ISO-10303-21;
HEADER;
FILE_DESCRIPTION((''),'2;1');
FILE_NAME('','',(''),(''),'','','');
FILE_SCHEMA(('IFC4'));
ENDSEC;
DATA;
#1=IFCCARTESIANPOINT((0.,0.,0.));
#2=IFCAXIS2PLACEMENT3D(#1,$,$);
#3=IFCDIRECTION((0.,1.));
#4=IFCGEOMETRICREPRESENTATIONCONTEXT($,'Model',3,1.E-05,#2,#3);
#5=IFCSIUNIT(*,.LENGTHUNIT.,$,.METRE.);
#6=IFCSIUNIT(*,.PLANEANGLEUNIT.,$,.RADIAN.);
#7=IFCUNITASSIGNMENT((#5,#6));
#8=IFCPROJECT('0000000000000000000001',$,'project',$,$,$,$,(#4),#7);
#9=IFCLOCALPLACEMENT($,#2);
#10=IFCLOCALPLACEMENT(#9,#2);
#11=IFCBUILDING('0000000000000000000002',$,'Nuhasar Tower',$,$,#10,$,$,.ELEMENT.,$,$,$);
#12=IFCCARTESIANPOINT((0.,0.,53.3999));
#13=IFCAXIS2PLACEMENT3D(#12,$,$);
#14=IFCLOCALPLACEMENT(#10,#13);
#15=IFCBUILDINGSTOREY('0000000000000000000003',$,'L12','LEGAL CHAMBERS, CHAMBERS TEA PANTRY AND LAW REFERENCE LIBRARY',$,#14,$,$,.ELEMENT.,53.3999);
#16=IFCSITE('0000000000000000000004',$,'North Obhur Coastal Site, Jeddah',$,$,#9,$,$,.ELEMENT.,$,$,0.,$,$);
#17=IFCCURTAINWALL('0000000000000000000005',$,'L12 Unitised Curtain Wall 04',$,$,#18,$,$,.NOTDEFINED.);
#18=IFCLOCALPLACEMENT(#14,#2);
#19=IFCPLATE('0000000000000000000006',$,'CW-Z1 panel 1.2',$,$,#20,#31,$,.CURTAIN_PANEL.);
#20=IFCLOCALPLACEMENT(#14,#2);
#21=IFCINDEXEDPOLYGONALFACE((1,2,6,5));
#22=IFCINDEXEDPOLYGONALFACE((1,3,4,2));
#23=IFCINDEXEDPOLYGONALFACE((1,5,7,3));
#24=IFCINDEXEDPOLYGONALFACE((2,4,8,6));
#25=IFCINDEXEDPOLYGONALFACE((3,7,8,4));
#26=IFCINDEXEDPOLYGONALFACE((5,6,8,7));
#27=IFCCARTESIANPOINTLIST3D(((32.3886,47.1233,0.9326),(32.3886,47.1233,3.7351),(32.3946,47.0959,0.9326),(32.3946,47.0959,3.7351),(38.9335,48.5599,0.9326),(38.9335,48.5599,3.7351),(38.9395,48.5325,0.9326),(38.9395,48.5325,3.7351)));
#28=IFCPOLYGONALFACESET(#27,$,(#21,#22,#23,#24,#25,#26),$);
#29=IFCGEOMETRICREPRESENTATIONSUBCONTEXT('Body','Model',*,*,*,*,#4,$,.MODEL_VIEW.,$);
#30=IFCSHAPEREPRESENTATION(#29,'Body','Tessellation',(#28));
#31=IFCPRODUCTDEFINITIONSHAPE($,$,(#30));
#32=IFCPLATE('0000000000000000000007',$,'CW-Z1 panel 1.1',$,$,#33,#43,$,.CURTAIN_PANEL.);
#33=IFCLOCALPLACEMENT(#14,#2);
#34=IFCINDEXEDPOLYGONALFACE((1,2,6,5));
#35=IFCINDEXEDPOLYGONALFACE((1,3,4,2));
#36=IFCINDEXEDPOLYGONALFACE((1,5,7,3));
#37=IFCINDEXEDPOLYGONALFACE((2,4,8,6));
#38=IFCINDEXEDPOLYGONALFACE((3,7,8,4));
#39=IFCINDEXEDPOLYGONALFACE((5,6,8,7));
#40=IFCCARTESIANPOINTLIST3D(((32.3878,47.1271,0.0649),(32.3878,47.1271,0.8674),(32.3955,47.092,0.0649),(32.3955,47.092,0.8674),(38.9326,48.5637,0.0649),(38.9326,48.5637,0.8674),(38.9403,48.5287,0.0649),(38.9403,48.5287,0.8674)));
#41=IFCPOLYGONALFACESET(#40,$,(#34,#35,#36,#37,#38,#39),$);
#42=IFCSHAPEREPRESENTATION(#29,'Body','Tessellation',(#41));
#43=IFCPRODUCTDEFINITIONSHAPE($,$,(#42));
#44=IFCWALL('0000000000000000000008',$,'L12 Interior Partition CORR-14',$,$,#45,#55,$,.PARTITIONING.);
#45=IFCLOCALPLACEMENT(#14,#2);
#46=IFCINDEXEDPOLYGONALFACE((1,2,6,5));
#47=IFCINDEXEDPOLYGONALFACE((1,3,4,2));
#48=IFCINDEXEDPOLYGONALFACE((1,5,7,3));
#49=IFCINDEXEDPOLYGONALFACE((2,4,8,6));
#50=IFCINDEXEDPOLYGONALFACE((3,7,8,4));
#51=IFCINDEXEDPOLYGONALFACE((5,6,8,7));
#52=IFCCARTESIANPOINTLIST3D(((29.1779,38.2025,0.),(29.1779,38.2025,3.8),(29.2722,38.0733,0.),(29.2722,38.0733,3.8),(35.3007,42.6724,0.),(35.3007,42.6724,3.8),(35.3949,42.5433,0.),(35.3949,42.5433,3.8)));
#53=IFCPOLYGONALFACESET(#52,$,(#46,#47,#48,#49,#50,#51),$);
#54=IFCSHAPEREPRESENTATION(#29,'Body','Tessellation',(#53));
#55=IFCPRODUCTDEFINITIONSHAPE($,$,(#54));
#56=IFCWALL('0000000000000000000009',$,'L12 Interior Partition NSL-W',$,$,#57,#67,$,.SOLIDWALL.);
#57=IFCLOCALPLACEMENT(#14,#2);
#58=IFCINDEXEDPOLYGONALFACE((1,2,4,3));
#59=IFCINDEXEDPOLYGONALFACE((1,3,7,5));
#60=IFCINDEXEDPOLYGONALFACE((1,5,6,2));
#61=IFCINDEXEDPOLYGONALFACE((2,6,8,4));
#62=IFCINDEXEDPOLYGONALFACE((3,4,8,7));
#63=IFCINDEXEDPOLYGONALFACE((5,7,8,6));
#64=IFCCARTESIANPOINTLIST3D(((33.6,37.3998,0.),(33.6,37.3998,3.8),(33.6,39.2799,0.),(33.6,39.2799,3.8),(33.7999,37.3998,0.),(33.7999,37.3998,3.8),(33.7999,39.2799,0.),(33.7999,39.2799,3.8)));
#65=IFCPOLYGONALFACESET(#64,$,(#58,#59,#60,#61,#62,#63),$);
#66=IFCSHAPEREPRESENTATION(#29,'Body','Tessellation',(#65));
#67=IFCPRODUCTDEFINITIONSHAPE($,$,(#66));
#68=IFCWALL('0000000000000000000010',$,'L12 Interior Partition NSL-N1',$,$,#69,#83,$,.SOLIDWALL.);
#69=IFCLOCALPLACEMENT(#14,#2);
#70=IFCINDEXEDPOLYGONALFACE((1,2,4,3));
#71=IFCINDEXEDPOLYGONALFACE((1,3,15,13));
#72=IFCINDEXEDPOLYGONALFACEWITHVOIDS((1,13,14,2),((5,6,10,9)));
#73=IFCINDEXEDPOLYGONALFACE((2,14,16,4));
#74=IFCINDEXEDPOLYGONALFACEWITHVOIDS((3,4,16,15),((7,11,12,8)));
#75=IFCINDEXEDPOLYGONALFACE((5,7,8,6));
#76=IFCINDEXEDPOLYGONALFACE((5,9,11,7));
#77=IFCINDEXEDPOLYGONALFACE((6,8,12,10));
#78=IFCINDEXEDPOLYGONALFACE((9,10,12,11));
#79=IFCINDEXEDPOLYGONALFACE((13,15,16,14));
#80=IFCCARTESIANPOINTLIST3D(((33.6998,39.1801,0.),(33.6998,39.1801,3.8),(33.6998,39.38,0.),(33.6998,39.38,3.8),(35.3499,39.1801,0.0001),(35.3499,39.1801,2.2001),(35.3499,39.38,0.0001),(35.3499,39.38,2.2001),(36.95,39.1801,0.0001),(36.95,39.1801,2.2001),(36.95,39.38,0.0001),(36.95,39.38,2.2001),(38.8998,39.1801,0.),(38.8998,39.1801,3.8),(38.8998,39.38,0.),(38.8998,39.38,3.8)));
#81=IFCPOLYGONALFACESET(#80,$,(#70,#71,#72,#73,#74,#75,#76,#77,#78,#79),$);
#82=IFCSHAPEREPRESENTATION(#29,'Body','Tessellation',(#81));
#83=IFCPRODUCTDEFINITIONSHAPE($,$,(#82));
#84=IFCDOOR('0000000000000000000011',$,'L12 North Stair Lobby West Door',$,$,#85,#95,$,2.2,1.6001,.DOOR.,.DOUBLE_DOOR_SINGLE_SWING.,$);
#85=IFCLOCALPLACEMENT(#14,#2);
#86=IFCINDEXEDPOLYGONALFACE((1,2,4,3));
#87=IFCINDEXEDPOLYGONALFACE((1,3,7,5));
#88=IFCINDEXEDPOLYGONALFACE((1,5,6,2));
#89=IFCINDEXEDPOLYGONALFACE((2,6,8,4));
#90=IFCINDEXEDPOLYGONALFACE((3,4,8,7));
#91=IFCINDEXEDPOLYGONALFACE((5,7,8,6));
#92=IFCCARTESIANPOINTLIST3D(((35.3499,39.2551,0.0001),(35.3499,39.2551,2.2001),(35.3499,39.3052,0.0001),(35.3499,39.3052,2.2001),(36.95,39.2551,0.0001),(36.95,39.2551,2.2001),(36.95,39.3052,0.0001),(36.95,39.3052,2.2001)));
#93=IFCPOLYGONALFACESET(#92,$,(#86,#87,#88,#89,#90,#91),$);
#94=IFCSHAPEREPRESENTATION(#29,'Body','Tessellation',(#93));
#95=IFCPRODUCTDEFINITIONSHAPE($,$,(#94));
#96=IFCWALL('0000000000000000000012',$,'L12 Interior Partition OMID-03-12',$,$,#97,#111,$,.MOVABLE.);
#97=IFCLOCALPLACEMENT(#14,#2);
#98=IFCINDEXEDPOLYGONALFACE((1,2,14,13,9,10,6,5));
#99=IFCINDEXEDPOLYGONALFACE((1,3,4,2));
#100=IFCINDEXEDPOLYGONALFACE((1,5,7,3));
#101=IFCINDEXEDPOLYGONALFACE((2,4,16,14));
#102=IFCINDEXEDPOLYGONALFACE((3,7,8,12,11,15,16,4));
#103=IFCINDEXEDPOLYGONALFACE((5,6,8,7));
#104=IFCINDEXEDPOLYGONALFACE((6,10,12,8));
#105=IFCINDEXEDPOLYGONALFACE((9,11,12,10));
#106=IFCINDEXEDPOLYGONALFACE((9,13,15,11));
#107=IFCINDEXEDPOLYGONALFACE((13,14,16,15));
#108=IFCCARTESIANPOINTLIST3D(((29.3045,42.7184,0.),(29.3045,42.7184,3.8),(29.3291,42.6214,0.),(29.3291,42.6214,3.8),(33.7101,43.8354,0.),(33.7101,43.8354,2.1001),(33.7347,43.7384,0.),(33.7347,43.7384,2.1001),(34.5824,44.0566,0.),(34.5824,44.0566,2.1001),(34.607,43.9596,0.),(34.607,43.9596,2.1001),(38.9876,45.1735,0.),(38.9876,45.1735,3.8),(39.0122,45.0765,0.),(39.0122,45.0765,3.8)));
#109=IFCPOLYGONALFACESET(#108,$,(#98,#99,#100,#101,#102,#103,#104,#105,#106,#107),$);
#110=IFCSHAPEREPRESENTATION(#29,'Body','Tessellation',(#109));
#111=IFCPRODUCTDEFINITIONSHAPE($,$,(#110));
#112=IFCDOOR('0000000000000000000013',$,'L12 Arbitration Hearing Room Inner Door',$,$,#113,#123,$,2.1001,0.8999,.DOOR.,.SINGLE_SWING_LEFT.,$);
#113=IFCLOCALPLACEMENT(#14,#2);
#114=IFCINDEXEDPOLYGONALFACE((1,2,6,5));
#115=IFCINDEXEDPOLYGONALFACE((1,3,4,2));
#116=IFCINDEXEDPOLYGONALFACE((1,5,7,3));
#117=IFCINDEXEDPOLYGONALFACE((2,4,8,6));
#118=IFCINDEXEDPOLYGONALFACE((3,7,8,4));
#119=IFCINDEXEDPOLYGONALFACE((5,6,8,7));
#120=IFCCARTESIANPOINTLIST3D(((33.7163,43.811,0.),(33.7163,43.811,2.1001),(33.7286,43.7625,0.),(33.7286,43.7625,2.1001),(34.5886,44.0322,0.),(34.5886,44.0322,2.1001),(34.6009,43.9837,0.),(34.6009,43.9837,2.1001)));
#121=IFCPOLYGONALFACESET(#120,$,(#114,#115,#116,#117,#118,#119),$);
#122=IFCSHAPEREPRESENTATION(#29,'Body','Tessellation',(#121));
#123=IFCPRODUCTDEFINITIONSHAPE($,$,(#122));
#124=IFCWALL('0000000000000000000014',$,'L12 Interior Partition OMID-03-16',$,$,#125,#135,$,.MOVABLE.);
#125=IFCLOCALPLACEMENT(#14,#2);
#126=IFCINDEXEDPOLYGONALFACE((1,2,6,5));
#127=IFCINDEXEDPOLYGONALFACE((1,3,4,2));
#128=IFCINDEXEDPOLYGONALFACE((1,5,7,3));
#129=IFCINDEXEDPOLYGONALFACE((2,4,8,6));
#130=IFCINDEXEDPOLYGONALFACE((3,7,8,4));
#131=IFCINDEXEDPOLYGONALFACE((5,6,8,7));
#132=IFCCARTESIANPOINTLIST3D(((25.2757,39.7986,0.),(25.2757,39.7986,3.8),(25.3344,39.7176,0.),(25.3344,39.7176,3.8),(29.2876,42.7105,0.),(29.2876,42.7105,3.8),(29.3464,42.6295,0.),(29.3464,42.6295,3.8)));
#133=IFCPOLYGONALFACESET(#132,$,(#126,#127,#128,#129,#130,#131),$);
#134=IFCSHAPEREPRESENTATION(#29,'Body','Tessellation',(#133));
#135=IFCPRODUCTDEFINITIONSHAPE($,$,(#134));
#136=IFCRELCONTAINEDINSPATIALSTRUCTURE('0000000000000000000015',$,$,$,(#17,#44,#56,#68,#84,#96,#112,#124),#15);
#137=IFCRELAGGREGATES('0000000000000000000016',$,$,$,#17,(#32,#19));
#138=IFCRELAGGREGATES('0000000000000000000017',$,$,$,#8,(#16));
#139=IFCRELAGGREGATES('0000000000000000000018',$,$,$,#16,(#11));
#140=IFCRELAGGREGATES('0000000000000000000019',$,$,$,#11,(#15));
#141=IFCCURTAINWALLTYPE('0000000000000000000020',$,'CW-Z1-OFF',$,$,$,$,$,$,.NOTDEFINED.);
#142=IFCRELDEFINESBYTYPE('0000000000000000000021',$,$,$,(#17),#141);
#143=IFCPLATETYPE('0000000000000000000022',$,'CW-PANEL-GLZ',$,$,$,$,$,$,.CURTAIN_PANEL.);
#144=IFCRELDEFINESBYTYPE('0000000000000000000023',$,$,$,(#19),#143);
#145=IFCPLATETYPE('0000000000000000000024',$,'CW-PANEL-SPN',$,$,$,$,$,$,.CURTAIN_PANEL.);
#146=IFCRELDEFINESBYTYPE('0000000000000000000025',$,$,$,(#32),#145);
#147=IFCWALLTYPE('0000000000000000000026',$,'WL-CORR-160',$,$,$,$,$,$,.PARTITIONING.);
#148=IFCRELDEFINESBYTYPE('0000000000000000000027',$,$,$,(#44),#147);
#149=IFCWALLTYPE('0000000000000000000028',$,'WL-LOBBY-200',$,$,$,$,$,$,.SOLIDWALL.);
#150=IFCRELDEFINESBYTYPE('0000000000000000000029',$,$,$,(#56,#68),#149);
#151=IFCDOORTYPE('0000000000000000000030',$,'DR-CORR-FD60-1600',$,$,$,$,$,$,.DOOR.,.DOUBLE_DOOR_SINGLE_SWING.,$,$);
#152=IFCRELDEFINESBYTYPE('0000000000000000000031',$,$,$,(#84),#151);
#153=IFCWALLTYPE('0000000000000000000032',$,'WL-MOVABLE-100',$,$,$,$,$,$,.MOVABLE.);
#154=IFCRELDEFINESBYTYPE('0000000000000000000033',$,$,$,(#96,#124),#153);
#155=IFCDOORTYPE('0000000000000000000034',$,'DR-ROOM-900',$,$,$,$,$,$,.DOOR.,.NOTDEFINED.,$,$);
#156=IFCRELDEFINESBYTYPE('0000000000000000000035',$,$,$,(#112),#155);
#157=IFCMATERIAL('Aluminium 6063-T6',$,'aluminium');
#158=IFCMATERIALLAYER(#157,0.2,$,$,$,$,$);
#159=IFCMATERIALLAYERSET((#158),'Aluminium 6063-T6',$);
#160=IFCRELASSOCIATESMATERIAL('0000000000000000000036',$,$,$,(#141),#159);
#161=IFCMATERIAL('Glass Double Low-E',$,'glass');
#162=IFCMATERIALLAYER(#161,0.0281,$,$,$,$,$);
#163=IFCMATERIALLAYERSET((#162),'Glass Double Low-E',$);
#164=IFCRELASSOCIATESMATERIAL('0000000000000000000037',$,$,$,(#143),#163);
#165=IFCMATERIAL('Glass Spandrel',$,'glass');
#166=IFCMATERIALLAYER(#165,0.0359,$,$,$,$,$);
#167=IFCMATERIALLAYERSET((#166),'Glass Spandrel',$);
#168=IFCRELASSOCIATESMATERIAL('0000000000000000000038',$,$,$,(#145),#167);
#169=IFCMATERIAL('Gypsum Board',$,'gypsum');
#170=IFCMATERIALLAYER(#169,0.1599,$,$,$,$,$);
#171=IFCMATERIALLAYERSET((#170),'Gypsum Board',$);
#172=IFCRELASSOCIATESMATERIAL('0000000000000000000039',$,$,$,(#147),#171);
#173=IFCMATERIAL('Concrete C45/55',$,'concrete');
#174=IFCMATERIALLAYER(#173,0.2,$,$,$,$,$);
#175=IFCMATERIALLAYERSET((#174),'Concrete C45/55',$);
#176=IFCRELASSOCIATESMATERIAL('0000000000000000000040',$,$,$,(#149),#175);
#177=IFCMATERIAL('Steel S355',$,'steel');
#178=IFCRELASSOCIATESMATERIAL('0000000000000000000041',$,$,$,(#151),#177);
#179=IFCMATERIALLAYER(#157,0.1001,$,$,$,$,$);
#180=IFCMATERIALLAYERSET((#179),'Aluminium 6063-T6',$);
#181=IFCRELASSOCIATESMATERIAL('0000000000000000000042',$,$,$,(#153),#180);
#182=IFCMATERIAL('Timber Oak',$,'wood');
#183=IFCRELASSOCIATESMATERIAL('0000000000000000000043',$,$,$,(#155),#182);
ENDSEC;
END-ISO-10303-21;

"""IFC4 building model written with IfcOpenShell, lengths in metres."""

from ifc_helpers import new_model, si_unit, direction, frame, frame_2d, origin, origin_2d, place, context, subcontext, project, spatial, rectangle, extrude, material, layer, layer_set, type_object, element, fill, aggregate, save


model = new_model("IFC4")

# Units and contexts
model_context = context("Model", 3, precision=1e-05, world=origin(), true_north=direction((0.0, 1.0)))
body_context = subcontext(model_context, "Body", "Model", "MODEL_VIEW")
ifc_project = project(units=[si_unit("LENGTHUNIT", "METRE"), si_unit("PLANEANGLEUNIT", "RADIAN")], contexts=[model_context])

# Site, building, storey
site_placement = place(None, origin())
site = spatial("IfcSite", under=ifc_project, at=site_placement, Name="North Obhur Coastal Site, Jeddah", CompositionType="ELEMENT", RefElevation=0.0)
building_placement = place(site_placement, origin())
building = spatial("IfcBuilding", under=site, at=building_placement, Name="Nuhasar Tower", CompositionType="ELEMENT")
storey_placement = place(building_placement, frame((0.0, 0.0, 53.3999)))
storey = spatial("IfcBuildingStorey", under=building, at=storey_placement, Name="L12", Description="LEGAL CHAMBERS, CHAMBERS TEA PANTRY AND LAW REFERENCE LIBRARY", CompositionType="ELEMENT", Elevation=53.3999)

# Shared definitions
ifc_material_1 = material(Name="Steel S355", Category="steel")

# Curtain wall
ifc_material_2 = material(Name="Aluminium 6063-T6", Category="aluminium")
ifc_layer_1 = layer(ifc_material_2, 0.2)
ifc_layer_set_1 = layer_set([ifc_layer_1], Name="Aluminium 6063-T6")
curtain_wall_type = type_object("IfcCurtainWallType", Name="CW-Z1-OFF", PredefinedType="NOTDEFINED", material=ifc_layer_set_1)
curtain_wall_placement = place(storey_placement, origin())
curtain_wall = element("IfcCurtainWall", 1, at=curtain_wall_placement, inside=storey, type_object=curtain_wall_type, Name="L12 Unitised Curtain Wall 04", PredefinedType="NOTDEFINED")

# Plates
ifc_material_3 = material(Name="Glass Double Low-E", Category="glass")
ifc_layer_2 = layer(ifc_material_3, 0.0281)
ifc_layer_set_2 = layer_set([ifc_layer_2], Name="Glass Double Low-E")
plate_type_1 = type_object("IfcPlateType", Name="CW-PANEL-GLZ", PredefinedType="CURTAIN_PANEL", material=ifc_layer_set_2)
plate_1_placement = place(storey_placement, frame((35.6641, 47.8279, 0.9326), z_axis=(0.0, 0.0, 1.0), x_axis=(-0.976746, -0.214399, 0.0)))
plate_1 = element("IfcPlate", 2, at=plate_1_placement, type_object=plate_type_1, Name="CW-Z1 panel 1.2", PredefinedType="CURTAIN_PANEL", context=body_context, shape_type="SweptSolid", body=[
    extrude(rectangle(XDim=6.7007, YDim=0.0281, at=origin_2d()), origin(), (0.0, 0.0, 1.0), 2.8025),
])
ifc_material_4 = material(Name="Glass Spandrel", Category="glass")
ifc_layer_3 = layer(ifc_material_4, 0.0359)
ifc_layer_set_3 = layer_set([ifc_layer_3], Name="Glass Spandrel")
plate_type_2 = type_object("IfcPlateType", Name="CW-PANEL-SPN", PredefinedType="CURTAIN_PANEL", material=ifc_layer_set_3)
plate_2_placement = place(storey_placement, frame((35.6641, 47.8279, 0.0649), z_axis=(0.0, 0.0, 1.0), x_axis=(-0.976746, -0.214399, 0.0)))
plate_2 = element("IfcPlate", 3, at=plate_2_placement, type_object=plate_type_2, Name="CW-Z1 panel 1.1", PredefinedType="CURTAIN_PANEL", context=body_context, shape_type="SweptSolid", body=[
    extrude(rectangle(XDim=6.7007, YDim=0.0359, at=origin_2d()), origin(), (0.0, 0.0, 1.0), 0.8025),
])
aggregate(curtain_wall, [plate_2, plate_1])

# Shared definitions
ifc_material_5 = material(Name="Gypsum Board", Category="gypsum")
ifc_layer_4 = layer(ifc_material_5, 0.1599)
ifc_layer_set_4 = layer_set([ifc_layer_4], Name="Gypsum Board")
wall_type_1 = type_object("IfcWallType", Name="WL-CORR-160", PredefinedType="PARTITIONING", material=ifc_layer_set_4)
ifc_material_6 = material(Name="Timber Oak", Category="wood")

# Walls
wall_1_placement = place(storey_placement, frame((35.3479, 42.6079, 0.0), z_axis=(0.0, 0.0, 1.0), x_axis=(-0.807667, -0.589639, 0.0)))
element("IfcWall", 4, at=wall_1_placement, inside=storey, type_object=wall_type_1, Name="L12 Interior Partition CORR-14", PredefinedType="PARTITIONING", context=body_context, shape_type="SweptSolid", body=[
    extrude(rectangle(XDim=7.5808, YDim=0.1599, at=frame_2d((3.7905, 0.0))), origin(), (0.0, 0.0, 1.0), 3.8),
])
ifc_material_7 = material(Name="Concrete C45/55", Category="concrete")
ifc_layer_5 = layer(ifc_material_7, 0.2)
ifc_layer_set_5 = layer_set([ifc_layer_5], Name="Concrete C45/55")
wall_type_2 = type_object("IfcWallType", Name="WL-LOBBY-200", PredefinedType="SOLIDWALL", material=ifc_layer_set_5)
wall_2_placement = place(storey_placement, frame((33.7, 37.3999, 0.0), z_axis=(0.0, 0.0, 1.0), x_axis=(0.0, 1.0, 0.0)))
element("IfcWall", 5, at=wall_2_placement, inside=storey, type_object=wall_type_2, Name="L12 Interior Partition NSL-W", PredefinedType="SOLIDWALL", context=body_context, shape_type="SweptSolid", body=[
    extrude(rectangle(XDim=1.8801, YDim=0.2, at=frame_2d((0.9399, 0.0))), origin(), (0.0, 0.0, 1.0), 3.8),
])

# Walls, openings, doors
wall_3_placement = place(storey_placement, frame((38.8999, 39.28, 0.0), z_axis=(0.0, 0.0, 1.0), x_axis=(-1.0, 0.0, 0.0)))
wall_3 = element("IfcWall", 6, at=wall_3_placement, inside=storey, type_object=wall_type_2, Name="L12 Interior Partition NSL-N1", PredefinedType="SOLIDWALL", context=body_context, shape_type="SweptSolid", body=[
    extrude(rectangle(XDim=5.2, YDim=0.2, at=frame_2d((2.6001, 0.0))), origin(), (0.0, 0.0, 1.0), 3.8),
])
opening_1_placement = place(wall_3_placement, frame((1.95, 0.0, 0.0)))
opening_1 = element("IfcOpeningElement", 7, at=opening_1_placement, cuts=wall_3, PredefinedType="OPENING", context=body_context, shape_type="SweptSolid", body=[
    extrude(rectangle(XDim=1.6001, YDim=2.2, at=frame_2d((0.8, 1.1001))), frame((0.0, 0.1099, 0.0), z_axis=(0.0, -1.0, 0.0), x_axis=(1.0, 0.0, 0.0)), (0.0, 0.0, 1.0), 0.22),
])
door_type_1 = type_object("IfcDoorType", Name="DR-CORR-FD60-1600", OperationType="DOUBLE_DOOR_SINGLE_SWING", PredefinedType="DOOR", material=ifc_material_1)
door_1_placement = place(opening_1_placement, origin())
door_1 = element("IfcDoor", 8, at=door_1_placement, inside=storey, type_object=door_type_1, Name="L12 North Stair Lobby West Door", OperationType="DOUBLE_DOOR_SINGLE_SWING", OverallHeight=2.2, OverallWidth=1.6001, PredefinedType="DOOR", context=body_context, shape_type="SweptSolid", body=[
    extrude(rectangle(XDim=1.6001, YDim=2.2, at=frame_2d((0.8, 1.1001))), frame((0.0, 0.0249, 0.0), z_axis=(0.0, -1.0, 0.0), x_axis=(1.0, 0.0, 0.0)), (0.0, 0.0, 1.0), 0.05),
])
fill(opening_1, door_1)
ifc_layer_6 = layer(ifc_material_2, 0.1001)
ifc_layer_set_6 = layer_set([ifc_layer_6], Name="Aluminium 6063-T6")
wall_type_3 = type_object("IfcWallType", Name="WL-MOVABLE-100", PredefinedType="MOVABLE", material=ifc_layer_set_6)
wall_4_placement = place(storey_placement, frame((29.3169, 42.6699, 0.0), z_axis=(0.0, 0.0, 1.0), x_axis=(0.969329, 0.245766, 0.0)))
wall_4 = element("IfcWall", 9, at=wall_4_placement, inside=storey, type_object=wall_type_3, Name="L12 Interior Partition OMID-03-12", PredefinedType="MOVABLE", context=body_context, shape_type="SweptSolid", body=[
    extrude(rectangle(XDim=9.9895, YDim=0.1001, at=frame_2d((4.9946, 0.0))), origin(), (0.0, 0.0, 1.0), 3.8),
])
opening_2_placement = place(wall_4_placement, frame((4.5449, 0.0, 0.0)))
opening_2 = element("IfcOpeningElement", 10, at=opening_2_placement, cuts=wall_4, PredefinedType="OPENING", context=body_context, shape_type="SweptSolid", body=[
    extrude(rectangle(XDim=0.8999, YDim=2.1001, at=frame_2d((0.45, 1.05))), frame((0.0, 0.0601, 0.0), z_axis=(0.0, -1.0, 0.0), x_axis=(1.0, 0.0, 0.0)), (0.0, 0.0, 1.0), 0.1201),
])
door_type_2 = type_object("IfcDoorType", Name="DR-ROOM-900", OperationType="NOTDEFINED", PredefinedType="DOOR", material=ifc_material_6)
door_2_placement = place(opening_2_placement, origin())
door_2 = element("IfcDoor", 11, at=door_2_placement, inside=storey, type_object=door_type_2, Name="L12 Arbitration Hearing Room Inner Door", OperationType="SINGLE_SWING_LEFT", OverallHeight=2.1001, OverallWidth=0.8999, PredefinedType="DOOR", context=body_context, shape_type="SweptSolid", body=[
    extrude(rectangle(XDim=0.8999, YDim=2.1001, at=frame_2d((0.45, 1.05))), frame((0.0, 0.0249, 0.0), z_axis=(0.0, -1.0, 0.0), x_axis=(1.0, 0.0, 0.0)), (0.0, 0.0, 1.0), 0.05),
])
fill(opening_2, door_2)

# Wall
wall_5_placement = place(storey_placement, frame((29.3169, 42.6699, 0.0), z_axis=(0.0, 0.0, 1.0), x_axis=(-0.809304, -0.58739, 0.0)))
element("IfcWall", 12, at=wall_5_placement, inside=storey, type_object=wall_type_3, Name="L12 Interior Partition OMID-03-16", PredefinedType="MOVABLE", context=body_context, shape_type="SweptSolid", body=[
    extrude(rectangle(XDim=4.9573, YDim=0.1001, at=frame_2d((2.4785, 0.0))), origin(), (0.0, 0.0, 1.0), 3.8),
])

save(model, "model.ifc")
